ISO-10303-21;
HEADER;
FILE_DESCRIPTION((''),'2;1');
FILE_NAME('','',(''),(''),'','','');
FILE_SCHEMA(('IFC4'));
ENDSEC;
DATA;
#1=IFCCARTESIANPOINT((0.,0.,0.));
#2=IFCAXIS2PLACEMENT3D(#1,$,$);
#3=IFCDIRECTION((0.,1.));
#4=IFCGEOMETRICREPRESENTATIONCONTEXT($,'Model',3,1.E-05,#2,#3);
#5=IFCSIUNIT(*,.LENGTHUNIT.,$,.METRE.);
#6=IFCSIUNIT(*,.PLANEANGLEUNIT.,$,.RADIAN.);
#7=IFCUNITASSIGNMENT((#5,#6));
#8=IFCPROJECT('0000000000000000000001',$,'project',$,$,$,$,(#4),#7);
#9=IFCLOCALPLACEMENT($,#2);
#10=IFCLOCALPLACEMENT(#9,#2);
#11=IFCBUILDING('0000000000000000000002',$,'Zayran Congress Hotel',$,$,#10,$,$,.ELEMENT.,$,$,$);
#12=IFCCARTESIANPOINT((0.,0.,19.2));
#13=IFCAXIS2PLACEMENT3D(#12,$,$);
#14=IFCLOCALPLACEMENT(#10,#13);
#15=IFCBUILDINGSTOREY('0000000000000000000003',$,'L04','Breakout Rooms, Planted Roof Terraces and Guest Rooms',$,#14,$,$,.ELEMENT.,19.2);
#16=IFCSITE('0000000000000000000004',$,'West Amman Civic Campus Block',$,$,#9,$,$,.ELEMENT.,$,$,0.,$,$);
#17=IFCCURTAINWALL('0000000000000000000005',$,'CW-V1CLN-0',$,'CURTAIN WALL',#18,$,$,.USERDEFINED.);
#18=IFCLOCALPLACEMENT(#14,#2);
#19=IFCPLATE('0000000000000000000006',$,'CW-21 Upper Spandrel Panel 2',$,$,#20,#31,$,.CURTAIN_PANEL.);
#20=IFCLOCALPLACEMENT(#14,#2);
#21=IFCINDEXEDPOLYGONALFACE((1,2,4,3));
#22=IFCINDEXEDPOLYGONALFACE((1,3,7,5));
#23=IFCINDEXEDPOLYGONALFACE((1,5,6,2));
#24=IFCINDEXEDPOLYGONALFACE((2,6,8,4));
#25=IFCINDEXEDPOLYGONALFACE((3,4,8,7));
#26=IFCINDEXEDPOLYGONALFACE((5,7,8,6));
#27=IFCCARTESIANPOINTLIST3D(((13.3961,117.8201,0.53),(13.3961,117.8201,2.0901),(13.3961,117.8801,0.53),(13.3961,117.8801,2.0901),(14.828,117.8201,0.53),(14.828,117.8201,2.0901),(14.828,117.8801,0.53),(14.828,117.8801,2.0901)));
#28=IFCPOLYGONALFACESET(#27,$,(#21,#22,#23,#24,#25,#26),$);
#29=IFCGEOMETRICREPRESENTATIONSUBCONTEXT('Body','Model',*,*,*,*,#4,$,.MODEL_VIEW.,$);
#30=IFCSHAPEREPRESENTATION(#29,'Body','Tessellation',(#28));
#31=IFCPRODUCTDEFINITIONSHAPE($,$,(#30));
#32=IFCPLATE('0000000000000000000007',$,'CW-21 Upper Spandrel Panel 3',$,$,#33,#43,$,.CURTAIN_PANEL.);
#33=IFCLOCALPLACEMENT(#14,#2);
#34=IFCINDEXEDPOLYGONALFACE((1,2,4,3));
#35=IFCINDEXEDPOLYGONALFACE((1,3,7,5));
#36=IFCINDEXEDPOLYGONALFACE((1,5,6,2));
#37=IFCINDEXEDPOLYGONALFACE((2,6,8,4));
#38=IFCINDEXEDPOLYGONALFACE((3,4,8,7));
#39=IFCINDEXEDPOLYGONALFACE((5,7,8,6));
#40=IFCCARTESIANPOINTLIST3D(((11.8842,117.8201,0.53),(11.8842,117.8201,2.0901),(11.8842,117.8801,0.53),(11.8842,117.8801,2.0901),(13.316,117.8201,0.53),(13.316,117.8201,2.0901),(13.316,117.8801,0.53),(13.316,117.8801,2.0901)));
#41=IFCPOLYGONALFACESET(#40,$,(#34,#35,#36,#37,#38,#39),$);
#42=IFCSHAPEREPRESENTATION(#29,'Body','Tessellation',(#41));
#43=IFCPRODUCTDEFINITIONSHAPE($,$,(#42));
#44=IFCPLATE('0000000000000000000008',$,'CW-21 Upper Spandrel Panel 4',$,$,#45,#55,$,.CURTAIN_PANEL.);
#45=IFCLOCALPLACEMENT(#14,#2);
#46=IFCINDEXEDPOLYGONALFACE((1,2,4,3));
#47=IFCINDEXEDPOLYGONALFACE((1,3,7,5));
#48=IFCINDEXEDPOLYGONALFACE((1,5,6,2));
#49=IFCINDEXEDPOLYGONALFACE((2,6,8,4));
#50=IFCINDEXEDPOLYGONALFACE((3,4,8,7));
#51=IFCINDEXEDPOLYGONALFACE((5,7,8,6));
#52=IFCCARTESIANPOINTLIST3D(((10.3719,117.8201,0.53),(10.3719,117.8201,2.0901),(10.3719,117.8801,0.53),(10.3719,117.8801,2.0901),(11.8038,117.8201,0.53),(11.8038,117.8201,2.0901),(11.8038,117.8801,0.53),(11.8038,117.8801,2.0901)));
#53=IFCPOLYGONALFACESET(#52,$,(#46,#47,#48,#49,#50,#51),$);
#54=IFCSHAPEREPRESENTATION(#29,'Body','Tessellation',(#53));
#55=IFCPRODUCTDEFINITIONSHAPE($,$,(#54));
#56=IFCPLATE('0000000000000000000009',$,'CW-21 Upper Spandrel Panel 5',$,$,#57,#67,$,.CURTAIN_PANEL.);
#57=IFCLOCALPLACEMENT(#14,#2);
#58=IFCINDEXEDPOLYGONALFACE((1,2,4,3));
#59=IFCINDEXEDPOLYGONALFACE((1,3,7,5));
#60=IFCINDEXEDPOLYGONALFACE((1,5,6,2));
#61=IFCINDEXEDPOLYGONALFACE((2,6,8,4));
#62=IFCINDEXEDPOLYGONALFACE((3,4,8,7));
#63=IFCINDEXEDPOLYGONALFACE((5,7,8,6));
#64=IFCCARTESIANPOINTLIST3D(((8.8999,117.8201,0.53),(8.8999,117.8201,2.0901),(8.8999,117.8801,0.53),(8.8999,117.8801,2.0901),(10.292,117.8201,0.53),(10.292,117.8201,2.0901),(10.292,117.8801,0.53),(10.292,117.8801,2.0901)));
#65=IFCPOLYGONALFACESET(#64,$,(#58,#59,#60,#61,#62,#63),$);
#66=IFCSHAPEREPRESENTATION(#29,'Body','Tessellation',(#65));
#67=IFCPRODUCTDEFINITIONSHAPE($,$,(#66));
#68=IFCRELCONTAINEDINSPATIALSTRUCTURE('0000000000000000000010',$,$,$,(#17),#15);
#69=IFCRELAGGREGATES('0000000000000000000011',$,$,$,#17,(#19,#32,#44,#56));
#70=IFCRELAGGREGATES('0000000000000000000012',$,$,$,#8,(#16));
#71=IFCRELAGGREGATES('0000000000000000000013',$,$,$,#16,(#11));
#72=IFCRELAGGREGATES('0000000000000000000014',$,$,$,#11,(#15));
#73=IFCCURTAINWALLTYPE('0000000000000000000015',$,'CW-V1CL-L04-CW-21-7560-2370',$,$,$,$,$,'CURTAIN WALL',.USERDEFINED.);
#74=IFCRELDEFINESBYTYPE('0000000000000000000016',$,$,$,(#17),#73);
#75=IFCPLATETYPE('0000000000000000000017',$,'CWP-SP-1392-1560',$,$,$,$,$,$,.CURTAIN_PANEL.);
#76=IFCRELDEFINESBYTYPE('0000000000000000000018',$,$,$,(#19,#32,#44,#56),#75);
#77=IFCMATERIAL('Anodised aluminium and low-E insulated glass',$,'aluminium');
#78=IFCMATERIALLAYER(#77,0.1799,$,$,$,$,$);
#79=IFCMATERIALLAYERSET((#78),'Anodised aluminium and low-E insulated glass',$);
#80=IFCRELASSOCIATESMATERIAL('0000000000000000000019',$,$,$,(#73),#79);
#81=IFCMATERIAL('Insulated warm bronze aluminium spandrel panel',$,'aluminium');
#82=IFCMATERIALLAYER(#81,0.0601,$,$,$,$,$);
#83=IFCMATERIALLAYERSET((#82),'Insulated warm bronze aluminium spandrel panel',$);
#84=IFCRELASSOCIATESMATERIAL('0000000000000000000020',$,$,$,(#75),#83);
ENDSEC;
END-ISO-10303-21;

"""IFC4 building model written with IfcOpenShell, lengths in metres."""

from ifc_helpers import new_model, si_unit, direction, frame, origin, origin_2d, place, context, subcontext, project, spatial, rectangle, extrude, material, layer, layer_set, type_object, element, aggregate, save


model = new_model("IFC4")

# Units and contexts
model_context = context("Model", 3, precision=1e-05, world=origin(), true_north=direction((0.0, 1.0)))
body_context = subcontext(model_context, "Body", "Model", "MODEL_VIEW")
ifc_project = project(units=[si_unit("LENGTHUNIT", "METRE"), si_unit("PLANEANGLEUNIT", "RADIAN")], contexts=[model_context])

# Site, building, storey
site_placement = place(None, origin())
site = spatial("IfcSite", under=ifc_project, at=site_placement, Name="West Amman Civic Campus Block", CompositionType="ELEMENT", RefElevation=0.0)
building_placement = place(site_placement, origin())
building = spatial("IfcBuilding", under=site, at=building_placement, Name="Zayran Congress Hotel", CompositionType="ELEMENT")
storey_placement = place(building_placement, frame((0.0, 0.0, 19.2)))
storey = spatial("IfcBuildingStorey", under=building, at=storey_placement, Name="L04", Description="Breakout Rooms, Planted Roof Terraces and Guest Rooms", CompositionType="ELEMENT", Elevation=19.2)

# Curtain wall
ifc_material_1 = material(Name="Anodised aluminium and low-E insulated glass", Category="aluminium")
ifc_layer_1 = layer(ifc_material_1, 0.1799)
ifc_layer_set_1 = layer_set([ifc_layer_1], Name="Anodised aluminium and low-E insulated glass")
curtain_wall_type = type_object("IfcCurtainWallType", Name="CW-V1CL-L04-CW-21-7560-2370", ElementType="CURTAIN WALL", PredefinedType="USERDEFINED", material=ifc_layer_set_1)
curtain_wall_placement = place(storey_placement, origin())
curtain_wall = element("IfcCurtainWall", 1, at=curtain_wall_placement, inside=storey, type_object=curtain_wall_type, Name="CW-V1CLN-0", ObjectType="CURTAIN WALL", PredefinedType="USERDEFINED")

# Plates
ifc_material_2 = material(Name="Insulated warm bronze aluminium spandrel panel", Category="aluminium")
ifc_layer_2 = layer(ifc_material_2, 0.0601)
ifc_layer_set_2 = layer_set([ifc_layer_2], Name="Insulated warm bronze aluminium spandrel panel")
plate_type_1 = type_object("IfcPlateType", Name="CWP-SP-1392-1560", PredefinedType="CURTAIN_PANEL", material=ifc_layer_set_2)
plate_1_placement = place(storey_placement, frame((14.1121, 117.8501, 0.53), z_axis=(0.0, 0.0, 1.0), x_axis=(1.0, 0.0, 0.0)))
plate_1 = element("IfcPlate", 2, at=plate_1_placement, type_object=plate_type_1, Name="CW-21 Upper Spandrel Panel 2", PredefinedType="CURTAIN_PANEL", context=body_context, shape_type="SweptSolid", body=[
    extrude(rectangle(XDim=1.4319, YDim=0.0601, at=origin_2d()), origin(), (0.0, 0.0, 1.0), 1.5601),
])
plate_2_placement = place(storey_placement, frame((12.6001, 117.8501, 0.53), z_axis=(0.0, 0.0, 1.0), x_axis=(1.0, 0.0, 0.0)))
plate_2 = element("IfcPlate", 3, at=plate_2_placement, type_object=plate_type_1, Name="CW-21 Upper Spandrel Panel 3", PredefinedType="CURTAIN_PANEL", context=body_context, shape_type="SweptSolid", body=[
    extrude(rectangle(XDim=1.4319, YDim=0.0601, at=origin_2d()), origin(), (0.0, 0.0, 1.0), 1.5601),
])
plate_3_placement = place(storey_placement, frame((11.0879, 117.8501, 0.53), z_axis=(0.0, 0.0, 1.0), x_axis=(1.0, 0.0, 0.0)))
plate_3 = element("IfcPlate", 4, at=plate_3_placement, type_object=plate_type_1, Name="CW-21 Upper Spandrel Panel 4", PredefinedType="CURTAIN_PANEL", context=body_context, shape_type="SweptSolid", body=[
    extrude(rectangle(XDim=1.4319, YDim=0.0601, at=origin_2d()), origin(), (0.0, 0.0, 1.0), 1.5601),
])
plate_4_placement = place(storey_placement, frame((9.5959, 117.8501, 0.53), z_axis=(0.0, 0.0, 1.0), x_axis=(1.0, 0.0, 0.0)))
plate_4 = element("IfcPlate", 5, at=plate_4_placement, type_object=plate_type_1, Name="CW-21 Upper Spandrel Panel 5", PredefinedType="CURTAIN_PANEL", context=body_context, shape_type="SweptSolid", body=[
    extrude(rectangle(XDim=1.3921, YDim=0.0601, at=origin_2d()), origin(), (0.0, 0.0, 1.0), 1.5601),
])
aggregate(curtain_wall, [plate_1, plate_2, plate_3, plate_4])

save(model, "model.ifc")
